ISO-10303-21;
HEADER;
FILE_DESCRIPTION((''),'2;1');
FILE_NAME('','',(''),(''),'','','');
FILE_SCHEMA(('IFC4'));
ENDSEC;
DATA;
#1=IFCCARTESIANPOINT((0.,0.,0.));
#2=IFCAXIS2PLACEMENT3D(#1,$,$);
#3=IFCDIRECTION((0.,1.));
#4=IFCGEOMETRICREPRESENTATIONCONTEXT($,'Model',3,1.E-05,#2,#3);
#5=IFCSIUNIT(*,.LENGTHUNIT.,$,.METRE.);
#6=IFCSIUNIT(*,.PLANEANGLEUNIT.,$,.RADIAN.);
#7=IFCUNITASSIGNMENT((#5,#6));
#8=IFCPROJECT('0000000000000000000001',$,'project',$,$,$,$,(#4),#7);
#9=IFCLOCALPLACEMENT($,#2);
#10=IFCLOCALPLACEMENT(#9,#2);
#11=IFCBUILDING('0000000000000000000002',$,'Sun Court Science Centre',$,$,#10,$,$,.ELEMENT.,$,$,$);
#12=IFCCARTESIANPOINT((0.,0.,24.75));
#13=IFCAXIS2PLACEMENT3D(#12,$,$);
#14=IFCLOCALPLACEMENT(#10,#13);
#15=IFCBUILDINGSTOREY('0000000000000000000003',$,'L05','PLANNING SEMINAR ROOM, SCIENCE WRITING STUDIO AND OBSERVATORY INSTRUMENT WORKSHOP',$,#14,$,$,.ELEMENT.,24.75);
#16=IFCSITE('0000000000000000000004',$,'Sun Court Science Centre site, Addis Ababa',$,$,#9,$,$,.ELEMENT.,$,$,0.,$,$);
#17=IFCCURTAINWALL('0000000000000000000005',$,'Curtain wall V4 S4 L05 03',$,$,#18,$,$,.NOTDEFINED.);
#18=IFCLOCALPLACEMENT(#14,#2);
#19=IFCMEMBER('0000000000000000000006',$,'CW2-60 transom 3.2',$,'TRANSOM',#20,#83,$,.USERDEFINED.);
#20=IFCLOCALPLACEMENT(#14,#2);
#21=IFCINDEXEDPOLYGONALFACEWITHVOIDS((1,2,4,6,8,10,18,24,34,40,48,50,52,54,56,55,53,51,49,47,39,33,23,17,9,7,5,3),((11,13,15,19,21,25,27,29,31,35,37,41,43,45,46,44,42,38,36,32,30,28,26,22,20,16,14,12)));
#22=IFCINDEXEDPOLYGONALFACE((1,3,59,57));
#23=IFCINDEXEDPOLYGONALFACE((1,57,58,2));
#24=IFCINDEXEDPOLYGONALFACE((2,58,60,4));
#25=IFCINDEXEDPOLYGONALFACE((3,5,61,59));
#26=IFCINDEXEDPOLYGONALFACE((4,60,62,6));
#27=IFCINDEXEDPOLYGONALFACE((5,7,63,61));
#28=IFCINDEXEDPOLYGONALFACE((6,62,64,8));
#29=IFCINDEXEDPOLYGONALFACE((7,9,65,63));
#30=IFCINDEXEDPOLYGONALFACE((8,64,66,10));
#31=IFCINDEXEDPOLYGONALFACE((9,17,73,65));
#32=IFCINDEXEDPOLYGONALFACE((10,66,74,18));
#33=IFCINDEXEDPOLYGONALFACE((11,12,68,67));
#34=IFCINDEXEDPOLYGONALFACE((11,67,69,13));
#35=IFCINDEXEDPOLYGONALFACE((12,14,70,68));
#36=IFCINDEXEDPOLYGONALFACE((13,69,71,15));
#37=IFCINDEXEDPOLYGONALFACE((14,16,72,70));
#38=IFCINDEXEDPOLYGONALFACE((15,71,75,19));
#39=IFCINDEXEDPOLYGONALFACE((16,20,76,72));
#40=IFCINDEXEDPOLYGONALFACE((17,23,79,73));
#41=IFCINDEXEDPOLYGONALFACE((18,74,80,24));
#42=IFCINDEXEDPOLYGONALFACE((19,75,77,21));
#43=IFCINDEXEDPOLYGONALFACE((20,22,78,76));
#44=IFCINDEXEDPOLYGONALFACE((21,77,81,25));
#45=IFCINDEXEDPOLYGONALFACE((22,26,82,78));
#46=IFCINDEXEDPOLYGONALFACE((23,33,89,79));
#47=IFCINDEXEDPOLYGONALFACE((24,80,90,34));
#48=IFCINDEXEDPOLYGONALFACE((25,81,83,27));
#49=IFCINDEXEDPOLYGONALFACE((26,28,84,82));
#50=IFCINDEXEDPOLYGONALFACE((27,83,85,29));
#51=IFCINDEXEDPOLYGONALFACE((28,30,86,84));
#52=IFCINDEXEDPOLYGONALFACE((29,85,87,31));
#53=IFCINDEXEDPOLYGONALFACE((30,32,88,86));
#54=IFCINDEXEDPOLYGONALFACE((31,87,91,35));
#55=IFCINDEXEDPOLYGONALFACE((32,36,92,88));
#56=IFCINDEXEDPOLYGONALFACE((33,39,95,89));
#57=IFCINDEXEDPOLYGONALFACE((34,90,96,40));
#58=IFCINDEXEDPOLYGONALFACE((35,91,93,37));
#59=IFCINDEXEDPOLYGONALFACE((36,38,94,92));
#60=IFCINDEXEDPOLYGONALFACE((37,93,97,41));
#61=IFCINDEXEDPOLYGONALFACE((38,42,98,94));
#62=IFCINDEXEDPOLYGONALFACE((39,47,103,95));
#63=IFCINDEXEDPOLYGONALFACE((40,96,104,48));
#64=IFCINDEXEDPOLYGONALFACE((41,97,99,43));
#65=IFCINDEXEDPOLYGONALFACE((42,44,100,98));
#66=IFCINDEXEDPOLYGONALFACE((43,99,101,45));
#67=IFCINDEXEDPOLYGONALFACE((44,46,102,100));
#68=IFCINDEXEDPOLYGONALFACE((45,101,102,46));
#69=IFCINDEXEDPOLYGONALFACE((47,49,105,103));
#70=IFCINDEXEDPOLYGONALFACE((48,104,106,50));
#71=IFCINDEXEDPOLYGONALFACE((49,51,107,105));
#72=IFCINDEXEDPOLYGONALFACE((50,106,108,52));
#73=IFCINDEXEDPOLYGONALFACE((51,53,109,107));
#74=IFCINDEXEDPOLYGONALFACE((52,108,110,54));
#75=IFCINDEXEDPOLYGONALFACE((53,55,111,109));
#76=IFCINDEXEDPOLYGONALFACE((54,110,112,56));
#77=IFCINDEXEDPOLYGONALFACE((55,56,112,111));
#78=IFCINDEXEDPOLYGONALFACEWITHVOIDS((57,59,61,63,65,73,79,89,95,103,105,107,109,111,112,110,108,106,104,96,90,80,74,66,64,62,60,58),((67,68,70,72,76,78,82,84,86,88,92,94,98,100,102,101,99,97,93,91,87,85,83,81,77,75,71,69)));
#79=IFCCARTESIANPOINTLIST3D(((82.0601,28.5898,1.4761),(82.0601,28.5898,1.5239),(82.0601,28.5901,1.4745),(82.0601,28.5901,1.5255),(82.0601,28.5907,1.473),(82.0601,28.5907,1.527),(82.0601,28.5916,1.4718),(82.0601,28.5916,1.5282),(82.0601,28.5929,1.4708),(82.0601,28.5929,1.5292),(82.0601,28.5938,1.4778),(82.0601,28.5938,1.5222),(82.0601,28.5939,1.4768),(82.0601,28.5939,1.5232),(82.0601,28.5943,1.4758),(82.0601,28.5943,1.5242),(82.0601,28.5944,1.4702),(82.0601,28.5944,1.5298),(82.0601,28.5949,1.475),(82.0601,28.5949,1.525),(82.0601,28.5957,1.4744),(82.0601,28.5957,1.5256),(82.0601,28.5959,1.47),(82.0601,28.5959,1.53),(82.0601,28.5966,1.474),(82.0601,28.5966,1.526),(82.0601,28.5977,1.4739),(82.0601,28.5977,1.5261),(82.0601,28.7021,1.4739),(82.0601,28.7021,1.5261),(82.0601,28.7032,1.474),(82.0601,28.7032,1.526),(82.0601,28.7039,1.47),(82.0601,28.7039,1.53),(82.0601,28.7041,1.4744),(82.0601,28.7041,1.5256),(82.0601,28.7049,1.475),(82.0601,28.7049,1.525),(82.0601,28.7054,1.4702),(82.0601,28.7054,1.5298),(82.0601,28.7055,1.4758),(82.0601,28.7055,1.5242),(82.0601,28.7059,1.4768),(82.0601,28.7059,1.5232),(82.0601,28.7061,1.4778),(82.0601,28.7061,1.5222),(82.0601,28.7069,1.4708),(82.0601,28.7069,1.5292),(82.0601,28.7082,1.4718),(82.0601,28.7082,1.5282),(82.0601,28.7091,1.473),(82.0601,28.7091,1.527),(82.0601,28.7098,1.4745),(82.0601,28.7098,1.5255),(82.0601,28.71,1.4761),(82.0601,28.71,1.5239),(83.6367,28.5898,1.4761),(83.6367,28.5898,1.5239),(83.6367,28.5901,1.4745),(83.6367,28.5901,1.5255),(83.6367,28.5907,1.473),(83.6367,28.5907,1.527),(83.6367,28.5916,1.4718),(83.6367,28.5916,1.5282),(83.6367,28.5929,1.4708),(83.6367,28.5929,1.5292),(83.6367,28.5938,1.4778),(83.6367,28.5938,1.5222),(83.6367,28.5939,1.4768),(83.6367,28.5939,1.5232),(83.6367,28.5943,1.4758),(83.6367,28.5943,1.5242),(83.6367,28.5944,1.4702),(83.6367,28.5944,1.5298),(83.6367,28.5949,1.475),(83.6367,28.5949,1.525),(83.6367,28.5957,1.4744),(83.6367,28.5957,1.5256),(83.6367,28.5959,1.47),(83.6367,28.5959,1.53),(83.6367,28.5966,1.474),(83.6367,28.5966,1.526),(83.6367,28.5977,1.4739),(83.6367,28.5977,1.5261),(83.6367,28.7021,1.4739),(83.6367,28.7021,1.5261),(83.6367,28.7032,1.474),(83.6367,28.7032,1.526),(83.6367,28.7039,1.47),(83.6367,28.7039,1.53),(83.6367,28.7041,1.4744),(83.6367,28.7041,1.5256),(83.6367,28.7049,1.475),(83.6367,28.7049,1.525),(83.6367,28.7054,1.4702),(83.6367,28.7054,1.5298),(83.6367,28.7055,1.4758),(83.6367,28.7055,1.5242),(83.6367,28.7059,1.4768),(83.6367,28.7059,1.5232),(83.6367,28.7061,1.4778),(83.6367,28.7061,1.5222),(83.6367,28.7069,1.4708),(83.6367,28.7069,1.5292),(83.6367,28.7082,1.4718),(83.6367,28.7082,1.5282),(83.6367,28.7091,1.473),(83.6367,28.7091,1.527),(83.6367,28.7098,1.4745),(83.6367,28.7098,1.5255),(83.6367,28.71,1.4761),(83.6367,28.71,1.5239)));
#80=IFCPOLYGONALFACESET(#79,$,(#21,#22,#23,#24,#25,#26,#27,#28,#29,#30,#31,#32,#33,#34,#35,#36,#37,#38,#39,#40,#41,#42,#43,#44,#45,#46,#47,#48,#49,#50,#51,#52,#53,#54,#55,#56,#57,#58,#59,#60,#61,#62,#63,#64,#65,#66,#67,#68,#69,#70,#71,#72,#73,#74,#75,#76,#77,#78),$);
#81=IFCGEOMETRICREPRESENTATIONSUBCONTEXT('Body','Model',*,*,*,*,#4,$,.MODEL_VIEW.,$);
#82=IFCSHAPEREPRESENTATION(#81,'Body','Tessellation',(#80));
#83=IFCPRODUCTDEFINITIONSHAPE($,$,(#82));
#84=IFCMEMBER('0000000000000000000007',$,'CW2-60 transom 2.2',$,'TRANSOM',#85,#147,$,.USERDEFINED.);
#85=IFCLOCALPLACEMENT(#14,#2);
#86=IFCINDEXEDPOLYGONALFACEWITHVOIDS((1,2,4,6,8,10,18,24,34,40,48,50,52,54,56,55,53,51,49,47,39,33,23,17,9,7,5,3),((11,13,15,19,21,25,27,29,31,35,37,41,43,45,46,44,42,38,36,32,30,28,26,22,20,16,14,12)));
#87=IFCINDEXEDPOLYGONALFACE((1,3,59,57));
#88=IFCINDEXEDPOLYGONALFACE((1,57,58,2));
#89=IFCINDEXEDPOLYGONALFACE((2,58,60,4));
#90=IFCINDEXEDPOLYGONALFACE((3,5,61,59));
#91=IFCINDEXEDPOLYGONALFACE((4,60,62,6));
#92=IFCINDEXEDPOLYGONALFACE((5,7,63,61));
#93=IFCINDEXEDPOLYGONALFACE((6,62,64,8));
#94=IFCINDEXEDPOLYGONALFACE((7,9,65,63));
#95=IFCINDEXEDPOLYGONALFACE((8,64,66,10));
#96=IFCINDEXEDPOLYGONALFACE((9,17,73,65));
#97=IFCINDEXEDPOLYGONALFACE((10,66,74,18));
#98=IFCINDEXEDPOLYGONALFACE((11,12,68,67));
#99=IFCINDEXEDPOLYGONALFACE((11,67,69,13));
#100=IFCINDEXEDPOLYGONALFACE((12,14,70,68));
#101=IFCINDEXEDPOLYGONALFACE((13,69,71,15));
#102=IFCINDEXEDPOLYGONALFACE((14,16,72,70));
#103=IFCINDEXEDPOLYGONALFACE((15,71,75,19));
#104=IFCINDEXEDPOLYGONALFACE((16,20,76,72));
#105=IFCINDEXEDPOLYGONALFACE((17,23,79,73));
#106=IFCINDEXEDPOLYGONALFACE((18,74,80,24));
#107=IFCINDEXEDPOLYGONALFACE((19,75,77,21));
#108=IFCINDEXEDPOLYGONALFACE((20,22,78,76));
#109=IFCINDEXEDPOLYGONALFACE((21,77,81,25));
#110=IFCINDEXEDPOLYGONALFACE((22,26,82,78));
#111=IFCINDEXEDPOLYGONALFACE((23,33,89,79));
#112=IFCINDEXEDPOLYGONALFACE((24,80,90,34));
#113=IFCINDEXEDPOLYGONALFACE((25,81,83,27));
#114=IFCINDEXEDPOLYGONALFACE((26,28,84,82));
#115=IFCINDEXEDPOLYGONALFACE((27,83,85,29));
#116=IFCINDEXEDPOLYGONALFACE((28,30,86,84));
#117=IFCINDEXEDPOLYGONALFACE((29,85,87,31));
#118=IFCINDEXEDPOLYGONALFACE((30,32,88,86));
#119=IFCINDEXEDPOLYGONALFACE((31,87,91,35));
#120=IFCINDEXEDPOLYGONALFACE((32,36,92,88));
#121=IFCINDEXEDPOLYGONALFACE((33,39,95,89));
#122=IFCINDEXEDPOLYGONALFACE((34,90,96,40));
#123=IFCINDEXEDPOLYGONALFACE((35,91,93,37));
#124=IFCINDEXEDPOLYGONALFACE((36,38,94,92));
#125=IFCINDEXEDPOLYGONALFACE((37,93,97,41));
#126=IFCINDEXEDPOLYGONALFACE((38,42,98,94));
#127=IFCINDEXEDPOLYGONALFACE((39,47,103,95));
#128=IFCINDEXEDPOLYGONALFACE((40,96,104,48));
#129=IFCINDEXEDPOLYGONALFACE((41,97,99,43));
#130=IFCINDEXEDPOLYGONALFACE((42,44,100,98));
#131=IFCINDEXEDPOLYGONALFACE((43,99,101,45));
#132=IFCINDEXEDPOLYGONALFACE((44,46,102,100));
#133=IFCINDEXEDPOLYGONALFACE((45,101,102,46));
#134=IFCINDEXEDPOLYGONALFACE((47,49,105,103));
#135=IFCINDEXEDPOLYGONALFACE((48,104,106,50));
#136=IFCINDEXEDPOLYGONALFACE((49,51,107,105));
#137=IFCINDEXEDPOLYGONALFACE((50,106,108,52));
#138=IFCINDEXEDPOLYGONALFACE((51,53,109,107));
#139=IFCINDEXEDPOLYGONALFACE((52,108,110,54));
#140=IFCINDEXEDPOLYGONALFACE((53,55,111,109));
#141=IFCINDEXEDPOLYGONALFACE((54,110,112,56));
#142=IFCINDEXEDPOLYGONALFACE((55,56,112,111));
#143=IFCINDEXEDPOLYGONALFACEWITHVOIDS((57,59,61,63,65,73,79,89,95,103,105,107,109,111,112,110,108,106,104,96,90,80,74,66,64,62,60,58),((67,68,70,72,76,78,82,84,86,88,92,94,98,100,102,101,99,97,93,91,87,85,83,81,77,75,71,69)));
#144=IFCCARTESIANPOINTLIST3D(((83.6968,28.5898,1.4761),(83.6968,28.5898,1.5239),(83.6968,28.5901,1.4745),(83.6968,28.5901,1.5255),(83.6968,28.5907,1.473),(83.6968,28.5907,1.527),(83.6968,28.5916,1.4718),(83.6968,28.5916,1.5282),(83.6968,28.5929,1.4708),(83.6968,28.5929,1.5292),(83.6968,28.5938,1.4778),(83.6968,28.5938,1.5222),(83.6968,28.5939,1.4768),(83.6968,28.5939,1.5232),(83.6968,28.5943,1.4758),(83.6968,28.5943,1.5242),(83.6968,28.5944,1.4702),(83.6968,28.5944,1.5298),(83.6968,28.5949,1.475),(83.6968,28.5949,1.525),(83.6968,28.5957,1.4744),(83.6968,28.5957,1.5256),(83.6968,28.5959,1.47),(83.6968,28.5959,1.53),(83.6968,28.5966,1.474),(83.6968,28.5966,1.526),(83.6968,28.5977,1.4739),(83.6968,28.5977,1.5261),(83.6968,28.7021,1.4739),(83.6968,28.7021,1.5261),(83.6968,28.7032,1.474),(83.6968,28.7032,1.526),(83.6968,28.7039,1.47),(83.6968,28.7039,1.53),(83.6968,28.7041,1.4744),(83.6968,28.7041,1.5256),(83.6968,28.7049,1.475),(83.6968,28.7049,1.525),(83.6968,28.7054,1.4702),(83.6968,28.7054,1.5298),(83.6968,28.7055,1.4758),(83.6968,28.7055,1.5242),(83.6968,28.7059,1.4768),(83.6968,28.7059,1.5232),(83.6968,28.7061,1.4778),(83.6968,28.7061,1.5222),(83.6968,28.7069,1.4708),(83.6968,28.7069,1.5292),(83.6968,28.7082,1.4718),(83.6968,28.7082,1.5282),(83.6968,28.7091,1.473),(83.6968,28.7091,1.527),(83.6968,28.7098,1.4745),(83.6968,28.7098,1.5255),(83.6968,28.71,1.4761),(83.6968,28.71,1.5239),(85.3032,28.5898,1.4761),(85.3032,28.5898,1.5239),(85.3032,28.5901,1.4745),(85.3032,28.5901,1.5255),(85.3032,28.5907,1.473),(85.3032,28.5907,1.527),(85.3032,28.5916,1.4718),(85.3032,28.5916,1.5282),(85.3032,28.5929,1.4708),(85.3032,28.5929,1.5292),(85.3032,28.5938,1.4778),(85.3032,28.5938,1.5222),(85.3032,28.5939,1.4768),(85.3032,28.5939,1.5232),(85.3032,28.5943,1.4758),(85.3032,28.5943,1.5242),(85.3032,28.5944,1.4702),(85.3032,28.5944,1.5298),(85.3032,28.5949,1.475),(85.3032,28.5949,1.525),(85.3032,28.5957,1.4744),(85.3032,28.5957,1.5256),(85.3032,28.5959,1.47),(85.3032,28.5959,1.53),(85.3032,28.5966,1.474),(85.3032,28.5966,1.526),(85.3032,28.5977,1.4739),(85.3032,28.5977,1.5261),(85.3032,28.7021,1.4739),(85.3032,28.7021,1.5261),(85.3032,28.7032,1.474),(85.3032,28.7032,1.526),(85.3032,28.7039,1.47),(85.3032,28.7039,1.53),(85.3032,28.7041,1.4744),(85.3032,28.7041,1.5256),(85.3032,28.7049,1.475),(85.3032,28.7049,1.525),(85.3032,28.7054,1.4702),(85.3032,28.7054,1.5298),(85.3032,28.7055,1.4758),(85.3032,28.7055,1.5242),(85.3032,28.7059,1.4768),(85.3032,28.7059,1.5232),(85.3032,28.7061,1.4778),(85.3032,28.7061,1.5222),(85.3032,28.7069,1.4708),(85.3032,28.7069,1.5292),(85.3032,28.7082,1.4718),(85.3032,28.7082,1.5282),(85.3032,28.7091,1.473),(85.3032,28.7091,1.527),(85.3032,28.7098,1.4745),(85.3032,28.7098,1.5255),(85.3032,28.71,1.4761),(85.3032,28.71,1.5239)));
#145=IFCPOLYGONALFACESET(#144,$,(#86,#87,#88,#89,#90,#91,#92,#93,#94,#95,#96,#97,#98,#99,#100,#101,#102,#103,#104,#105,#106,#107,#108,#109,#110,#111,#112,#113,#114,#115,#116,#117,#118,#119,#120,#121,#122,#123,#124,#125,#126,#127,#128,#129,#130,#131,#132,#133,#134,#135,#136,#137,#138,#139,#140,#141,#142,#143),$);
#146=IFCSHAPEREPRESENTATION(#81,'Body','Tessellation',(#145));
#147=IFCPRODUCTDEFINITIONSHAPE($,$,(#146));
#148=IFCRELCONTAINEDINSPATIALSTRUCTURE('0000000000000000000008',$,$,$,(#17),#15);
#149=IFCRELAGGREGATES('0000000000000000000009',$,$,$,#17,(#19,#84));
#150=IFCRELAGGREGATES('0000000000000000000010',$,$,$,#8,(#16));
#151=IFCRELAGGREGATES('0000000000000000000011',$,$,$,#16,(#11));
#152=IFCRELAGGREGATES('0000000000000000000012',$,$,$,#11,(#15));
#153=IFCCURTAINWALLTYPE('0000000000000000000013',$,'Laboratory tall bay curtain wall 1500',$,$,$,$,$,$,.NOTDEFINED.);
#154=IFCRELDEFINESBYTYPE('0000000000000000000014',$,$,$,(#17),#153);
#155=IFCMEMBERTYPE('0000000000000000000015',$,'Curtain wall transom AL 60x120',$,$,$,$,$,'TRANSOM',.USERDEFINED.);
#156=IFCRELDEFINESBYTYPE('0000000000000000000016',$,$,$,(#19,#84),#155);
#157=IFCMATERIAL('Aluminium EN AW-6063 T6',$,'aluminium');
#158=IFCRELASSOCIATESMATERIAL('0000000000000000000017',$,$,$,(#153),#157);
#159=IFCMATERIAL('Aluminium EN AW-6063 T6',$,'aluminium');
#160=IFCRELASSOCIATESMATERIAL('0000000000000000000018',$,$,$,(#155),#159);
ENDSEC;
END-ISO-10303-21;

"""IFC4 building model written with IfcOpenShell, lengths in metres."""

from ifc_helpers import new_model, si_unit, direction, frame, origin, origin_2d, place, context, subcontext, project, spatial, hollow_rectangle, extrude, material, material_profile, profile_set, type_object, element, aggregate, save


model = new_model("IFC4")

# Units and contexts
model_context = context("Model", 3, precision=1e-05, world=origin(), true_north=direction((0.0, 1.0)))
body_context = subcontext(model_context, "Body", "Model", "MODEL_VIEW")
ifc_project = project(units=[si_unit("LENGTHUNIT", "METRE"), si_unit("PLANEANGLEUNIT", "RADIAN")], contexts=[model_context])

# Site, building, storey
site_placement = place(None, origin())
site = spatial("IfcSite", under=ifc_project, at=site_placement, Name="Sun Court Science Centre site, Addis Ababa", CompositionType="ELEMENT", RefElevation=0.0)
building_placement = place(site_placement, origin())
building = spatial("IfcBuilding", under=site, at=building_placement, Name="Sun Court Science Centre", CompositionType="ELEMENT")
storey_placement = place(building_placement, frame((0.0, 0.0, 24.75)))
storey = spatial("IfcBuildingStorey", under=building, at=storey_placement, Name="L05", Description="PLANNING SEMINAR ROOM, SCIENCE WRITING STUDIO AND OBSERVATORY INSTRUMENT WORKSHOP", CompositionType="ELEMENT", Elevation=24.75)

# Shared definitions
ifc_material_1 = material(Name="Aluminium EN AW-6063 T6", Category="aluminium")
curtain_wall_type = type_object("IfcCurtainWallType", Name="Laboratory tall bay curtain wall 1500", PredefinedType="NOTDEFINED", material=ifc_material_1)

# Curtain wall
curtain_wall_1_placement = place(storey_placement, origin())
curtain_wall_1 = element("IfcCurtainWall", 1, at=curtain_wall_1_placement, inside=storey, type_object=curtain_wall_type, Name="Curtain wall V4 S4 L05 03", PredefinedType="NOTDEFINED")

# Members
ifc_material_2 = material(Name="Aluminium EN AW-6063 T6", Category="aluminium")
ifc_material_profile_1 = material_profile(ifc_material_2, hollow_rectangle(XDim=0.0601, YDim=0.1201, WallThickness=0.0039, InnerFilletRadius=0.0039, OuterFilletRadius=0.0061, at=origin_2d()), Name="AL 60x120x4")
ifc_profile_set_1 = profile_set([ifc_material_profile_1], Name="Aluminium EN AW-6063 T6")
member_type_1 = type_object("IfcMemberType", Name="Curtain wall transom AL 60x120", ElementType="TRANSOM", PredefinedType="USERDEFINED", material=ifc_profile_set_1)
member_1_placement = place(storey_placement, frame((83.6367, 28.6499, 1.5), z_axis=(-1.0, 0.0, 0.0), x_axis=(0.0, 0.0, 1.0)))
member_1 = element("IfcMember", 2, at=member_1_placement, type_object=member_type_1, Name="CW2-60 transom 3.2", ObjectType="TRANSOM", PredefinedType="USERDEFINED", context=body_context, shape_type="SweptSolid", body=[
    extrude(hollow_rectangle(XDim=0.0601, YDim=0.1201, WallThickness=0.0039, InnerFilletRadius=0.0039, OuterFilletRadius=0.0061, at=origin_2d()), origin(), (0.0, 0.0, 1.0), 1.5767),
])
member_2_placement = place(storey_placement, frame((85.3032, 28.6499, 1.5), z_axis=(-1.0, 0.0, 0.0), x_axis=(0.0, 0.0, 1.0)))
member_2 = element("IfcMember", 3, at=member_2_placement, type_object=member_type_1, Name="CW2-60 transom 2.2", ObjectType="TRANSOM", PredefinedType="USERDEFINED", context=body_context, shape_type="SweptSolid", body=[
    extrude(hollow_rectangle(XDim=0.0601, YDim=0.1201, WallThickness=0.0039, InnerFilletRadius=0.0039, OuterFilletRadius=0.0061, at=origin_2d()), origin(), (0.0, 0.0, 1.0), 1.6064),
])
aggregate(curtain_wall_1, [member_1, member_2])

save(model, "model.ifc")
